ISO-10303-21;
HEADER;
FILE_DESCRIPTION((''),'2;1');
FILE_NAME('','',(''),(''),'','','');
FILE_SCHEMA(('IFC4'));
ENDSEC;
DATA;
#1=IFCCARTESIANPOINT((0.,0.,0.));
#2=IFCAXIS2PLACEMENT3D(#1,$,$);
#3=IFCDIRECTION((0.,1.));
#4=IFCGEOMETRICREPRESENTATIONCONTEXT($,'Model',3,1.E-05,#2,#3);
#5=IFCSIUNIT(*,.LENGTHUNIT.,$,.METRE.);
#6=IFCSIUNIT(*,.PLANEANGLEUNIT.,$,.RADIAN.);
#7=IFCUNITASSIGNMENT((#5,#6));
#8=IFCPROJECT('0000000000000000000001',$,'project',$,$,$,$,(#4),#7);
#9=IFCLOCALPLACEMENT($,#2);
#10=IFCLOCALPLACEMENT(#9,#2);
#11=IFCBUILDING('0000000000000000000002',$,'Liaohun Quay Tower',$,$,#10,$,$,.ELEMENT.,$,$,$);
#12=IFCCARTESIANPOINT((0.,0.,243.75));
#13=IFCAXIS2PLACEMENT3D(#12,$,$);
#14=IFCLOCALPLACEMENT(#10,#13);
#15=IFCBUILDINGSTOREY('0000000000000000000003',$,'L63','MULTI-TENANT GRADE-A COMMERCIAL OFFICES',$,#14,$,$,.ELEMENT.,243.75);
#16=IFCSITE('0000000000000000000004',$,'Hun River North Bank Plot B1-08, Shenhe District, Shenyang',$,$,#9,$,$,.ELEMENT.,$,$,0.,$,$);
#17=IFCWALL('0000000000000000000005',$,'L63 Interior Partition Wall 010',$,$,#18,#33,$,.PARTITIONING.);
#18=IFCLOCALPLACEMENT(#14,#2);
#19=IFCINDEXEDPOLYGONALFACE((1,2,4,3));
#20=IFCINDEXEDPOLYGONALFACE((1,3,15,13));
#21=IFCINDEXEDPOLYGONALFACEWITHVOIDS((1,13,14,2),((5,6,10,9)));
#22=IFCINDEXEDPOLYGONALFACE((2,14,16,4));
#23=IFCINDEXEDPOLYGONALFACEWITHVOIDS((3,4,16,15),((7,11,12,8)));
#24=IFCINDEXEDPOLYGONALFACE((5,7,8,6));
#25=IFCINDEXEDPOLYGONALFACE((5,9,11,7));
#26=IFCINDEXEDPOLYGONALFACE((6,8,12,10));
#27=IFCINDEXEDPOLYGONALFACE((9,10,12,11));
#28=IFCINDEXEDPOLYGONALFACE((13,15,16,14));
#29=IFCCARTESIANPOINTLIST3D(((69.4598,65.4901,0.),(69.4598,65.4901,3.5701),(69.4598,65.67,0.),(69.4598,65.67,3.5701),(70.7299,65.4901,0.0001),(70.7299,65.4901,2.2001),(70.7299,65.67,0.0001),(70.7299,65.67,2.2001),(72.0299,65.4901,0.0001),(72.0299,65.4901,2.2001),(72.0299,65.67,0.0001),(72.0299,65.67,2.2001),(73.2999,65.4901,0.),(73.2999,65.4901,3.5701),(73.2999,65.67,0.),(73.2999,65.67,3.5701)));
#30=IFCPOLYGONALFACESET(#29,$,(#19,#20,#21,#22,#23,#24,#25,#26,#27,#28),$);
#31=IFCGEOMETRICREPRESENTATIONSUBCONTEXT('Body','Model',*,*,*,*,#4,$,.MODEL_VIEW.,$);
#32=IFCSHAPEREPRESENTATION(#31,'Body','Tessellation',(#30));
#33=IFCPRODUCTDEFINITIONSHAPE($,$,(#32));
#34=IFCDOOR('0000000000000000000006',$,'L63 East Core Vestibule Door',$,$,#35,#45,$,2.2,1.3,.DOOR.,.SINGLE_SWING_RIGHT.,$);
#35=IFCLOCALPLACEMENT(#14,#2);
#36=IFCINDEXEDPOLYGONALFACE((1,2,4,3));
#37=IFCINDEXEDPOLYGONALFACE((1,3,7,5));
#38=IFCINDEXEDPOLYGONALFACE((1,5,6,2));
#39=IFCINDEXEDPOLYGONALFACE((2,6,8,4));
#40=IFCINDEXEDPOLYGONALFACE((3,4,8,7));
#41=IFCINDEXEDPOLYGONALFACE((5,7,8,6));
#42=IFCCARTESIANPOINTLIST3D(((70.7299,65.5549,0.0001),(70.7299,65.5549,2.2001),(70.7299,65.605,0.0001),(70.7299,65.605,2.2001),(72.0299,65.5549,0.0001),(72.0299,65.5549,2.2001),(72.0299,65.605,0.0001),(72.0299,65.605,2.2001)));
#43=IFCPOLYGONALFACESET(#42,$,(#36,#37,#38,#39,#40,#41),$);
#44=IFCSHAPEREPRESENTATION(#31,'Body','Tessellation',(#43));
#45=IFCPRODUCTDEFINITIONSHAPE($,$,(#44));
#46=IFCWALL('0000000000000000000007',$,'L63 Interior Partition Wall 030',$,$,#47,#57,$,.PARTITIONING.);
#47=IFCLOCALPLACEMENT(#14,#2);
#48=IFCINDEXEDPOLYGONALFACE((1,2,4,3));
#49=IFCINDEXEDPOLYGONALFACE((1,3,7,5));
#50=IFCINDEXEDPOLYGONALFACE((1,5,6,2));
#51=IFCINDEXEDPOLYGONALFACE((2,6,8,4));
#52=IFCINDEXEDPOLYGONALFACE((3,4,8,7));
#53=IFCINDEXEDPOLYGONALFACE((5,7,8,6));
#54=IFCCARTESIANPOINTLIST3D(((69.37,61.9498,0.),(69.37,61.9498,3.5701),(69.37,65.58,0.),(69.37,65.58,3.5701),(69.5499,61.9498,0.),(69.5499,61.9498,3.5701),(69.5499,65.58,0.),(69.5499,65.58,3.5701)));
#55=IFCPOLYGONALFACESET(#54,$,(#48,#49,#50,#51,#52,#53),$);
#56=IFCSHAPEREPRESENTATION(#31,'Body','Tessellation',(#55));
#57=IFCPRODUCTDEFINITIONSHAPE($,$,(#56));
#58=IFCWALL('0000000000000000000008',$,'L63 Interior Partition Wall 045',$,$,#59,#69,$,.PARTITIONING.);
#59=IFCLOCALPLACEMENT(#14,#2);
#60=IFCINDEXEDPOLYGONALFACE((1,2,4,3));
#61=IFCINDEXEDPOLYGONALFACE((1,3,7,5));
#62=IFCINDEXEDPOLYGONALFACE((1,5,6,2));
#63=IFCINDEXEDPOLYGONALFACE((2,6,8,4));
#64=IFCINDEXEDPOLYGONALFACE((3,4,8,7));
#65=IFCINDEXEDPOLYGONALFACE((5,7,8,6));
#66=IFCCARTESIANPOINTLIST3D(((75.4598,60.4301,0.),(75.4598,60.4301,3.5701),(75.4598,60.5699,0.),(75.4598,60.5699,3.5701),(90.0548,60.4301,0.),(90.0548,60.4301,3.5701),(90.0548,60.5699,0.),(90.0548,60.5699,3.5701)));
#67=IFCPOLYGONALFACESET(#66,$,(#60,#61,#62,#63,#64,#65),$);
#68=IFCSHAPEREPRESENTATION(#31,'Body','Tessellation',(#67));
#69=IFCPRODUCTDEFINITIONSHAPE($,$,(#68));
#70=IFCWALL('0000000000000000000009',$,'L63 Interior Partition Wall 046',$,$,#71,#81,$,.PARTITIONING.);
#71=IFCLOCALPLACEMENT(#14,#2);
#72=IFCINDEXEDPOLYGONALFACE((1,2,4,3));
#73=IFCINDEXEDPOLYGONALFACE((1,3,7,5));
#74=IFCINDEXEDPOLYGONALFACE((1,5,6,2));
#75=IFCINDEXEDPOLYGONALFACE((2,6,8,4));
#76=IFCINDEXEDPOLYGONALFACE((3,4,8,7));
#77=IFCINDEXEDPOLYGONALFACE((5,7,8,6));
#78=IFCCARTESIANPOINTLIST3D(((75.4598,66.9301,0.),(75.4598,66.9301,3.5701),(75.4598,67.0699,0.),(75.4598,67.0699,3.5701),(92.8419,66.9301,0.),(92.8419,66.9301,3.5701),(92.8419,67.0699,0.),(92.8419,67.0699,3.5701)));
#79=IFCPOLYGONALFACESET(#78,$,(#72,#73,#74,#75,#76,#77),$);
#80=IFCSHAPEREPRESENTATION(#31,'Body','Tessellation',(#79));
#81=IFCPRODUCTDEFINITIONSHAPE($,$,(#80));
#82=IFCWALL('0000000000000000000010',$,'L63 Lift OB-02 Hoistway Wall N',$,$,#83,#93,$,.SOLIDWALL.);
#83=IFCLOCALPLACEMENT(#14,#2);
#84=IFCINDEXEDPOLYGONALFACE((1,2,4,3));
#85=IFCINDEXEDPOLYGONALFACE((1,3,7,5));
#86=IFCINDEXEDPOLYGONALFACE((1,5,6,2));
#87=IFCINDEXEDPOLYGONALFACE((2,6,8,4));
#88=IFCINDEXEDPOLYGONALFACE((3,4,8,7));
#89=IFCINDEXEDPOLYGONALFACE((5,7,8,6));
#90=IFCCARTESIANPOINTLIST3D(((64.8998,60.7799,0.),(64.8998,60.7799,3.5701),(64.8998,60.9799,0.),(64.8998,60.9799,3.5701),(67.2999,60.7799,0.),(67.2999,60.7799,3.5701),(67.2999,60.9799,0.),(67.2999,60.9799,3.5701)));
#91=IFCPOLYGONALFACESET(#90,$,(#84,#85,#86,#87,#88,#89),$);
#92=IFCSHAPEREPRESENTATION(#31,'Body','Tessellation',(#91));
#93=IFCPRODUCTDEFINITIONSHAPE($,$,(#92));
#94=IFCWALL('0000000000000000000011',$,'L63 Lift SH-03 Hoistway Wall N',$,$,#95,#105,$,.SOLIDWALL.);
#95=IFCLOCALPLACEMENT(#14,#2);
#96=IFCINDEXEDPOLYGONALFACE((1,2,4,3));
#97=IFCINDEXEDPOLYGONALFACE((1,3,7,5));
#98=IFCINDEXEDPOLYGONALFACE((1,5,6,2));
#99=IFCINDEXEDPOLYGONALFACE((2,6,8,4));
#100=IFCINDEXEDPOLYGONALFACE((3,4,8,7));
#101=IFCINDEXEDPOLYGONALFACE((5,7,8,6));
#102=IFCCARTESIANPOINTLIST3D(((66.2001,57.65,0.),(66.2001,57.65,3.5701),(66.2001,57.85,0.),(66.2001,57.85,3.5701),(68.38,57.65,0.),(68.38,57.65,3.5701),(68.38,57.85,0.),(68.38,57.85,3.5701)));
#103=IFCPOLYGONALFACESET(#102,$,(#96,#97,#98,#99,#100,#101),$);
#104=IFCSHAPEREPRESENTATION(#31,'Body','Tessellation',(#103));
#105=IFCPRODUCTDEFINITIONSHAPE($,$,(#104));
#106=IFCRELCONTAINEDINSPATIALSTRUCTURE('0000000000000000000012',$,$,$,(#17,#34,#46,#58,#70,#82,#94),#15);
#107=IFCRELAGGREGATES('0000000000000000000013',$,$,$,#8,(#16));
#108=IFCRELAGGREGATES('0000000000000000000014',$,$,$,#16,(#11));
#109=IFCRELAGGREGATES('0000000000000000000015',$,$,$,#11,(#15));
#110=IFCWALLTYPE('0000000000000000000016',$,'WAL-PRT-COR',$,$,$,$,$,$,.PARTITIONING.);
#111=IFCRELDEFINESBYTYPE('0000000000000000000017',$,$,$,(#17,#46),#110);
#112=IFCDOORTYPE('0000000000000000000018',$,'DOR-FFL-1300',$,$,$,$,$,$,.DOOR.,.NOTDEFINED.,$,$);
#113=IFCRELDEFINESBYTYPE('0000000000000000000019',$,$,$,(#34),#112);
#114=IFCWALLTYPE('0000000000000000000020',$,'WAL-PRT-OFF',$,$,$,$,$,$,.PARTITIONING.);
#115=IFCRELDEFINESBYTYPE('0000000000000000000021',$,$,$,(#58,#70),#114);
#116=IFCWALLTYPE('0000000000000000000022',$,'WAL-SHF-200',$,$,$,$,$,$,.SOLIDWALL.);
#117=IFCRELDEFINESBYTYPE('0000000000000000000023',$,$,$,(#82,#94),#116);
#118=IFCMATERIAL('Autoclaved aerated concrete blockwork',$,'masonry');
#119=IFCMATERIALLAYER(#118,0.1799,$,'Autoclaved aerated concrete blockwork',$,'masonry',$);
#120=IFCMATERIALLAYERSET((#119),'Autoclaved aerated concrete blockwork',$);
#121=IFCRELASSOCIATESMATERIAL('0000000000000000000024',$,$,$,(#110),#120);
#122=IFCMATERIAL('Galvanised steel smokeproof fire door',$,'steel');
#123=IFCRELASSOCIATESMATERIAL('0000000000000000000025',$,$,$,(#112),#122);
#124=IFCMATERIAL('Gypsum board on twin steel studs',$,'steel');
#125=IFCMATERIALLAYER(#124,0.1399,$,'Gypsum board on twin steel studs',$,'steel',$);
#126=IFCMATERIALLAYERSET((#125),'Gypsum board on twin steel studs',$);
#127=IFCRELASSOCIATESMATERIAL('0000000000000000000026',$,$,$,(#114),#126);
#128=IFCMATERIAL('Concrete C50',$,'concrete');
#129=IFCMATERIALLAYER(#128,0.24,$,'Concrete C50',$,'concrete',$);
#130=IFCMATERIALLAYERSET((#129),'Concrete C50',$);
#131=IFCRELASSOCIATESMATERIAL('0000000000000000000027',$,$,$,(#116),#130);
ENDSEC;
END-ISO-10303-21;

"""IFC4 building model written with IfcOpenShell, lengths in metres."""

from ifc_helpers import new_model, si_unit, direction, frame, frame_2d, origin, place, context, subcontext, project, spatial, rectangle, extrude, source, transform, mapped, material, layer, layer_set, type_object, element, fill, save


model = new_model("IFC4")

# Units and contexts
model_context = context("Model", 3, precision=1e-05, world=origin(), true_north=direction((0.0, 1.0)))
body_context = subcontext(model_context, "Body", "Model", "MODEL_VIEW")
ifc_project = project(units=[si_unit("LENGTHUNIT", "METRE"), si_unit("PLANEANGLEUNIT", "RADIAN")], contexts=[model_context])

# Site, building, storey
site_placement = place(None, origin())
site = spatial("IfcSite", under=ifc_project, at=site_placement, Name="Hun River North Bank Plot B1-08, Shenhe District, Shenyang", CompositionType="ELEMENT", RefElevation=0.0)
building_placement = place(site_placement, origin())
building = spatial("IfcBuilding", under=site, at=building_placement, Name="Liaohun Quay Tower", CompositionType="ELEMENT")
storey_placement = place(building_placement, frame((0.0, 0.0, 243.75)))
storey = spatial("IfcBuildingStorey", under=building, at=storey_placement, Name="L63", Description="MULTI-TENANT GRADE-A COMMERCIAL OFFICES", CompositionType="ELEMENT", Elevation=243.75)

# Wall, opening, door
ifc_material_1 = material(Name="Autoclaved aerated concrete blockwork", Category="masonry")
ifc_layer_1 = layer(ifc_material_1, 0.1799, Name="Autoclaved aerated concrete blockwork", Category="masonry")
ifc_layer_set_1 = layer_set([ifc_layer_1], Name="Autoclaved aerated concrete blockwork")
wall_type_1 = type_object("IfcWallType", Name="WAL-PRT-COR", PredefinedType="PARTITIONING", material=ifc_layer_set_1)
wall_1_placement = place(storey_placement, frame((69.46, 65.5801, 0.0), z_axis=(0.0, 0.0, 1.0), x_axis=(1.0, 0.0, 0.0)))
wall_1 = element("IfcWall", 1, at=wall_1_placement, inside=storey, type_object=wall_type_1, Name="L63 Interior Partition Wall 010", PredefinedType="PARTITIONING", context=body_context, shape_type="SweptSolid", body=[
    extrude(rectangle(XDim=3.8401, YDim=0.1799, at=frame_2d((1.9199, 0.0))), origin(), (0.0, 0.0, 1.0), 3.5701),
])
shared_shape_1 = source(origin(), body_context, "Body", "SweptSolid", [
    extrude(rectangle(XDim=1.3, YDim=2.2, at=frame_2d((0.6499, 1.1001))), frame((0.0, 0.0999, 0.0), z_axis=(0.0, -1.0, 0.0), x_axis=(1.0, 0.0, 0.0)), (0.0, 0.0, 1.0), 0.2),
])
opening_1_placement = place(wall_1_placement, frame((1.27, 0.0, 0.0)))
opening_1 = element("IfcOpeningElement", 2, at=opening_1_placement, cuts=wall_1, PredefinedType="OPENING", context=body_context, shape_type="MappedRepresentation", body=[
    mapped(shared_shape_1, transform((0.0, 0.0, 0.0), x_axis=(1.0, 0.0, 0.0), y_axis=(0.0, 1.0, 0.0), z_axis=(0.0, 0.0, 1.0), scale=1.0)),
])
ifc_material_2 = material(Name="Galvanised steel smokeproof fire door", Category="steel")
door_type_1 = type_object("IfcDoorType", Name="DOR-FFL-1300", OperationType="NOTDEFINED", PredefinedType="DOOR", material=ifc_material_2)
shared_shape_2 = source(origin(), body_context, "Body", "SweptSolid", [
    extrude(rectangle(XDim=1.3, YDim=2.2, at=frame_2d((0.6499, 1.1001))), frame((0.0, 0.0249, 0.0), z_axis=(0.0, -1.0, 0.0), x_axis=(1.0, 0.0, 0.0)), (0.0, 0.0, 1.0), 0.05),
])
door_1_placement = place(opening_1_placement, origin())
door_1 = element("IfcDoor", 3, at=door_1_placement, inside=storey, type_object=door_type_1, Name="L63 East Core Vestibule Door", OperationType="SINGLE_SWING_RIGHT", OverallHeight=2.2, OverallWidth=1.3, PredefinedType="DOOR", context=body_context, shape_type="MappedRepresentation", body=[
    mapped(shared_shape_2, transform((0.0, 0.0, 0.0), x_axis=(1.0, 0.0, 0.0), y_axis=(0.0, 1.0, 0.0), z_axis=(0.0, 0.0, 1.0), scale=1.0)),
])
fill(opening_1, door_1)

# Walls
wall_2_placement = place(storey_placement, frame((69.46, 61.95, 0.0), z_axis=(0.0, 0.0, 1.0), x_axis=(0.0, 1.0, 0.0)))
element("IfcWall", 4, at=wall_2_placement, inside=storey, type_object=wall_type_1, Name="L63 Interior Partition Wall 030", PredefinedType="PARTITIONING", context=body_context, shape_type="SweptSolid", body=[
    extrude(rectangle(XDim=3.6301, YDim=0.1799, at=frame_2d((1.8149, 0.0))), origin(), (0.0, 0.0, 1.0), 3.5701),
])
ifc_material_3 = material(Name="Gypsum board on twin steel studs", Category="steel")
ifc_layer_2 = layer(ifc_material_3, 0.1399, Name="Gypsum board on twin steel studs", Category="steel")
ifc_layer_set_2 = layer_set([ifc_layer_2], Name="Gypsum board on twin steel studs")
wall_type_2 = type_object("IfcWallType", Name="WAL-PRT-OFF", PredefinedType="PARTITIONING", material=ifc_layer_set_2)
wall_3_placement = place(storey_placement, frame((75.46, 60.5, 0.0), z_axis=(0.0, 0.0, 1.0), x_axis=(1.0, 0.0, 0.0)))
element("IfcWall", 5, at=wall_3_placement, inside=storey, type_object=wall_type_2, Name="L63 Interior Partition Wall 045", PredefinedType="PARTITIONING", context=body_context, shape_type="SweptSolid", body=[
    extrude(rectangle(XDim=14.595, YDim=0.1399, at=frame_2d((7.2974, 0.0))), origin(), (0.0, 0.0, 1.0), 3.5701),
])
wall_4_placement = place(storey_placement, frame((75.46, 67.0, 0.0), z_axis=(0.0, 0.0, 1.0), x_axis=(1.0, 0.0, 0.0)))
element("IfcWall", 6, at=wall_4_placement, inside=storey, type_object=wall_type_2, Name="L63 Interior Partition Wall 046", PredefinedType="PARTITIONING", context=body_context, shape_type="SweptSolid", body=[
    extrude(rectangle(XDim=17.3821, YDim=0.1399, at=frame_2d((8.6909, 0.0))), origin(), (0.0, 0.0, 1.0), 3.5701),
])
ifc_material_4 = material(Name="Concrete C50", Category="concrete")
ifc_layer_3 = layer(ifc_material_4, 0.24, Name="Concrete C50", Category="concrete")
ifc_layer_set_3 = layer_set([ifc_layer_3], Name="Concrete C50")
wall_type_3 = type_object("IfcWallType", Name="WAL-SHF-200", PredefinedType="SOLIDWALL", material=ifc_layer_set_3)
wall_5_placement = place(storey_placement, frame((67.3, 60.8799, 0.0), z_axis=(0.0, 0.0, 1.0), x_axis=(-1.0, 0.0, 0.0)))
element("IfcWall", 7, at=wall_5_placement, inside=storey, type_object=wall_type_3, Name="L63 Lift OB-02 Hoistway Wall N", PredefinedType="SOLIDWALL", context=body_context, shape_type="SweptSolid", body=[
    extrude(rectangle(XDim=2.4001, YDim=0.2, at=frame_2d((1.2002, 0.0))), origin(), (0.0, 0.0, 1.0), 3.5701),
])
wall_6_placement = place(storey_placement, frame((68.3799, 57.75, 0.0), z_axis=(0.0, 0.0, 1.0), x_axis=(-1.0, 0.0, 0.0)))
element("IfcWall", 8, at=wall_6_placement, inside=storey, type_object=wall_type_3, Name="L63 Lift SH-03 Hoistway Wall N", PredefinedType="SOLIDWALL", context=body_context, shape_type="SweptSolid", body=[
    extrude(rectangle(XDim=2.1799, YDim=0.2, at=frame_2d((1.0898, 0.0))), origin(), (0.0, 0.0, 1.0), 3.5701),
])

save(model, "model.ifc")
